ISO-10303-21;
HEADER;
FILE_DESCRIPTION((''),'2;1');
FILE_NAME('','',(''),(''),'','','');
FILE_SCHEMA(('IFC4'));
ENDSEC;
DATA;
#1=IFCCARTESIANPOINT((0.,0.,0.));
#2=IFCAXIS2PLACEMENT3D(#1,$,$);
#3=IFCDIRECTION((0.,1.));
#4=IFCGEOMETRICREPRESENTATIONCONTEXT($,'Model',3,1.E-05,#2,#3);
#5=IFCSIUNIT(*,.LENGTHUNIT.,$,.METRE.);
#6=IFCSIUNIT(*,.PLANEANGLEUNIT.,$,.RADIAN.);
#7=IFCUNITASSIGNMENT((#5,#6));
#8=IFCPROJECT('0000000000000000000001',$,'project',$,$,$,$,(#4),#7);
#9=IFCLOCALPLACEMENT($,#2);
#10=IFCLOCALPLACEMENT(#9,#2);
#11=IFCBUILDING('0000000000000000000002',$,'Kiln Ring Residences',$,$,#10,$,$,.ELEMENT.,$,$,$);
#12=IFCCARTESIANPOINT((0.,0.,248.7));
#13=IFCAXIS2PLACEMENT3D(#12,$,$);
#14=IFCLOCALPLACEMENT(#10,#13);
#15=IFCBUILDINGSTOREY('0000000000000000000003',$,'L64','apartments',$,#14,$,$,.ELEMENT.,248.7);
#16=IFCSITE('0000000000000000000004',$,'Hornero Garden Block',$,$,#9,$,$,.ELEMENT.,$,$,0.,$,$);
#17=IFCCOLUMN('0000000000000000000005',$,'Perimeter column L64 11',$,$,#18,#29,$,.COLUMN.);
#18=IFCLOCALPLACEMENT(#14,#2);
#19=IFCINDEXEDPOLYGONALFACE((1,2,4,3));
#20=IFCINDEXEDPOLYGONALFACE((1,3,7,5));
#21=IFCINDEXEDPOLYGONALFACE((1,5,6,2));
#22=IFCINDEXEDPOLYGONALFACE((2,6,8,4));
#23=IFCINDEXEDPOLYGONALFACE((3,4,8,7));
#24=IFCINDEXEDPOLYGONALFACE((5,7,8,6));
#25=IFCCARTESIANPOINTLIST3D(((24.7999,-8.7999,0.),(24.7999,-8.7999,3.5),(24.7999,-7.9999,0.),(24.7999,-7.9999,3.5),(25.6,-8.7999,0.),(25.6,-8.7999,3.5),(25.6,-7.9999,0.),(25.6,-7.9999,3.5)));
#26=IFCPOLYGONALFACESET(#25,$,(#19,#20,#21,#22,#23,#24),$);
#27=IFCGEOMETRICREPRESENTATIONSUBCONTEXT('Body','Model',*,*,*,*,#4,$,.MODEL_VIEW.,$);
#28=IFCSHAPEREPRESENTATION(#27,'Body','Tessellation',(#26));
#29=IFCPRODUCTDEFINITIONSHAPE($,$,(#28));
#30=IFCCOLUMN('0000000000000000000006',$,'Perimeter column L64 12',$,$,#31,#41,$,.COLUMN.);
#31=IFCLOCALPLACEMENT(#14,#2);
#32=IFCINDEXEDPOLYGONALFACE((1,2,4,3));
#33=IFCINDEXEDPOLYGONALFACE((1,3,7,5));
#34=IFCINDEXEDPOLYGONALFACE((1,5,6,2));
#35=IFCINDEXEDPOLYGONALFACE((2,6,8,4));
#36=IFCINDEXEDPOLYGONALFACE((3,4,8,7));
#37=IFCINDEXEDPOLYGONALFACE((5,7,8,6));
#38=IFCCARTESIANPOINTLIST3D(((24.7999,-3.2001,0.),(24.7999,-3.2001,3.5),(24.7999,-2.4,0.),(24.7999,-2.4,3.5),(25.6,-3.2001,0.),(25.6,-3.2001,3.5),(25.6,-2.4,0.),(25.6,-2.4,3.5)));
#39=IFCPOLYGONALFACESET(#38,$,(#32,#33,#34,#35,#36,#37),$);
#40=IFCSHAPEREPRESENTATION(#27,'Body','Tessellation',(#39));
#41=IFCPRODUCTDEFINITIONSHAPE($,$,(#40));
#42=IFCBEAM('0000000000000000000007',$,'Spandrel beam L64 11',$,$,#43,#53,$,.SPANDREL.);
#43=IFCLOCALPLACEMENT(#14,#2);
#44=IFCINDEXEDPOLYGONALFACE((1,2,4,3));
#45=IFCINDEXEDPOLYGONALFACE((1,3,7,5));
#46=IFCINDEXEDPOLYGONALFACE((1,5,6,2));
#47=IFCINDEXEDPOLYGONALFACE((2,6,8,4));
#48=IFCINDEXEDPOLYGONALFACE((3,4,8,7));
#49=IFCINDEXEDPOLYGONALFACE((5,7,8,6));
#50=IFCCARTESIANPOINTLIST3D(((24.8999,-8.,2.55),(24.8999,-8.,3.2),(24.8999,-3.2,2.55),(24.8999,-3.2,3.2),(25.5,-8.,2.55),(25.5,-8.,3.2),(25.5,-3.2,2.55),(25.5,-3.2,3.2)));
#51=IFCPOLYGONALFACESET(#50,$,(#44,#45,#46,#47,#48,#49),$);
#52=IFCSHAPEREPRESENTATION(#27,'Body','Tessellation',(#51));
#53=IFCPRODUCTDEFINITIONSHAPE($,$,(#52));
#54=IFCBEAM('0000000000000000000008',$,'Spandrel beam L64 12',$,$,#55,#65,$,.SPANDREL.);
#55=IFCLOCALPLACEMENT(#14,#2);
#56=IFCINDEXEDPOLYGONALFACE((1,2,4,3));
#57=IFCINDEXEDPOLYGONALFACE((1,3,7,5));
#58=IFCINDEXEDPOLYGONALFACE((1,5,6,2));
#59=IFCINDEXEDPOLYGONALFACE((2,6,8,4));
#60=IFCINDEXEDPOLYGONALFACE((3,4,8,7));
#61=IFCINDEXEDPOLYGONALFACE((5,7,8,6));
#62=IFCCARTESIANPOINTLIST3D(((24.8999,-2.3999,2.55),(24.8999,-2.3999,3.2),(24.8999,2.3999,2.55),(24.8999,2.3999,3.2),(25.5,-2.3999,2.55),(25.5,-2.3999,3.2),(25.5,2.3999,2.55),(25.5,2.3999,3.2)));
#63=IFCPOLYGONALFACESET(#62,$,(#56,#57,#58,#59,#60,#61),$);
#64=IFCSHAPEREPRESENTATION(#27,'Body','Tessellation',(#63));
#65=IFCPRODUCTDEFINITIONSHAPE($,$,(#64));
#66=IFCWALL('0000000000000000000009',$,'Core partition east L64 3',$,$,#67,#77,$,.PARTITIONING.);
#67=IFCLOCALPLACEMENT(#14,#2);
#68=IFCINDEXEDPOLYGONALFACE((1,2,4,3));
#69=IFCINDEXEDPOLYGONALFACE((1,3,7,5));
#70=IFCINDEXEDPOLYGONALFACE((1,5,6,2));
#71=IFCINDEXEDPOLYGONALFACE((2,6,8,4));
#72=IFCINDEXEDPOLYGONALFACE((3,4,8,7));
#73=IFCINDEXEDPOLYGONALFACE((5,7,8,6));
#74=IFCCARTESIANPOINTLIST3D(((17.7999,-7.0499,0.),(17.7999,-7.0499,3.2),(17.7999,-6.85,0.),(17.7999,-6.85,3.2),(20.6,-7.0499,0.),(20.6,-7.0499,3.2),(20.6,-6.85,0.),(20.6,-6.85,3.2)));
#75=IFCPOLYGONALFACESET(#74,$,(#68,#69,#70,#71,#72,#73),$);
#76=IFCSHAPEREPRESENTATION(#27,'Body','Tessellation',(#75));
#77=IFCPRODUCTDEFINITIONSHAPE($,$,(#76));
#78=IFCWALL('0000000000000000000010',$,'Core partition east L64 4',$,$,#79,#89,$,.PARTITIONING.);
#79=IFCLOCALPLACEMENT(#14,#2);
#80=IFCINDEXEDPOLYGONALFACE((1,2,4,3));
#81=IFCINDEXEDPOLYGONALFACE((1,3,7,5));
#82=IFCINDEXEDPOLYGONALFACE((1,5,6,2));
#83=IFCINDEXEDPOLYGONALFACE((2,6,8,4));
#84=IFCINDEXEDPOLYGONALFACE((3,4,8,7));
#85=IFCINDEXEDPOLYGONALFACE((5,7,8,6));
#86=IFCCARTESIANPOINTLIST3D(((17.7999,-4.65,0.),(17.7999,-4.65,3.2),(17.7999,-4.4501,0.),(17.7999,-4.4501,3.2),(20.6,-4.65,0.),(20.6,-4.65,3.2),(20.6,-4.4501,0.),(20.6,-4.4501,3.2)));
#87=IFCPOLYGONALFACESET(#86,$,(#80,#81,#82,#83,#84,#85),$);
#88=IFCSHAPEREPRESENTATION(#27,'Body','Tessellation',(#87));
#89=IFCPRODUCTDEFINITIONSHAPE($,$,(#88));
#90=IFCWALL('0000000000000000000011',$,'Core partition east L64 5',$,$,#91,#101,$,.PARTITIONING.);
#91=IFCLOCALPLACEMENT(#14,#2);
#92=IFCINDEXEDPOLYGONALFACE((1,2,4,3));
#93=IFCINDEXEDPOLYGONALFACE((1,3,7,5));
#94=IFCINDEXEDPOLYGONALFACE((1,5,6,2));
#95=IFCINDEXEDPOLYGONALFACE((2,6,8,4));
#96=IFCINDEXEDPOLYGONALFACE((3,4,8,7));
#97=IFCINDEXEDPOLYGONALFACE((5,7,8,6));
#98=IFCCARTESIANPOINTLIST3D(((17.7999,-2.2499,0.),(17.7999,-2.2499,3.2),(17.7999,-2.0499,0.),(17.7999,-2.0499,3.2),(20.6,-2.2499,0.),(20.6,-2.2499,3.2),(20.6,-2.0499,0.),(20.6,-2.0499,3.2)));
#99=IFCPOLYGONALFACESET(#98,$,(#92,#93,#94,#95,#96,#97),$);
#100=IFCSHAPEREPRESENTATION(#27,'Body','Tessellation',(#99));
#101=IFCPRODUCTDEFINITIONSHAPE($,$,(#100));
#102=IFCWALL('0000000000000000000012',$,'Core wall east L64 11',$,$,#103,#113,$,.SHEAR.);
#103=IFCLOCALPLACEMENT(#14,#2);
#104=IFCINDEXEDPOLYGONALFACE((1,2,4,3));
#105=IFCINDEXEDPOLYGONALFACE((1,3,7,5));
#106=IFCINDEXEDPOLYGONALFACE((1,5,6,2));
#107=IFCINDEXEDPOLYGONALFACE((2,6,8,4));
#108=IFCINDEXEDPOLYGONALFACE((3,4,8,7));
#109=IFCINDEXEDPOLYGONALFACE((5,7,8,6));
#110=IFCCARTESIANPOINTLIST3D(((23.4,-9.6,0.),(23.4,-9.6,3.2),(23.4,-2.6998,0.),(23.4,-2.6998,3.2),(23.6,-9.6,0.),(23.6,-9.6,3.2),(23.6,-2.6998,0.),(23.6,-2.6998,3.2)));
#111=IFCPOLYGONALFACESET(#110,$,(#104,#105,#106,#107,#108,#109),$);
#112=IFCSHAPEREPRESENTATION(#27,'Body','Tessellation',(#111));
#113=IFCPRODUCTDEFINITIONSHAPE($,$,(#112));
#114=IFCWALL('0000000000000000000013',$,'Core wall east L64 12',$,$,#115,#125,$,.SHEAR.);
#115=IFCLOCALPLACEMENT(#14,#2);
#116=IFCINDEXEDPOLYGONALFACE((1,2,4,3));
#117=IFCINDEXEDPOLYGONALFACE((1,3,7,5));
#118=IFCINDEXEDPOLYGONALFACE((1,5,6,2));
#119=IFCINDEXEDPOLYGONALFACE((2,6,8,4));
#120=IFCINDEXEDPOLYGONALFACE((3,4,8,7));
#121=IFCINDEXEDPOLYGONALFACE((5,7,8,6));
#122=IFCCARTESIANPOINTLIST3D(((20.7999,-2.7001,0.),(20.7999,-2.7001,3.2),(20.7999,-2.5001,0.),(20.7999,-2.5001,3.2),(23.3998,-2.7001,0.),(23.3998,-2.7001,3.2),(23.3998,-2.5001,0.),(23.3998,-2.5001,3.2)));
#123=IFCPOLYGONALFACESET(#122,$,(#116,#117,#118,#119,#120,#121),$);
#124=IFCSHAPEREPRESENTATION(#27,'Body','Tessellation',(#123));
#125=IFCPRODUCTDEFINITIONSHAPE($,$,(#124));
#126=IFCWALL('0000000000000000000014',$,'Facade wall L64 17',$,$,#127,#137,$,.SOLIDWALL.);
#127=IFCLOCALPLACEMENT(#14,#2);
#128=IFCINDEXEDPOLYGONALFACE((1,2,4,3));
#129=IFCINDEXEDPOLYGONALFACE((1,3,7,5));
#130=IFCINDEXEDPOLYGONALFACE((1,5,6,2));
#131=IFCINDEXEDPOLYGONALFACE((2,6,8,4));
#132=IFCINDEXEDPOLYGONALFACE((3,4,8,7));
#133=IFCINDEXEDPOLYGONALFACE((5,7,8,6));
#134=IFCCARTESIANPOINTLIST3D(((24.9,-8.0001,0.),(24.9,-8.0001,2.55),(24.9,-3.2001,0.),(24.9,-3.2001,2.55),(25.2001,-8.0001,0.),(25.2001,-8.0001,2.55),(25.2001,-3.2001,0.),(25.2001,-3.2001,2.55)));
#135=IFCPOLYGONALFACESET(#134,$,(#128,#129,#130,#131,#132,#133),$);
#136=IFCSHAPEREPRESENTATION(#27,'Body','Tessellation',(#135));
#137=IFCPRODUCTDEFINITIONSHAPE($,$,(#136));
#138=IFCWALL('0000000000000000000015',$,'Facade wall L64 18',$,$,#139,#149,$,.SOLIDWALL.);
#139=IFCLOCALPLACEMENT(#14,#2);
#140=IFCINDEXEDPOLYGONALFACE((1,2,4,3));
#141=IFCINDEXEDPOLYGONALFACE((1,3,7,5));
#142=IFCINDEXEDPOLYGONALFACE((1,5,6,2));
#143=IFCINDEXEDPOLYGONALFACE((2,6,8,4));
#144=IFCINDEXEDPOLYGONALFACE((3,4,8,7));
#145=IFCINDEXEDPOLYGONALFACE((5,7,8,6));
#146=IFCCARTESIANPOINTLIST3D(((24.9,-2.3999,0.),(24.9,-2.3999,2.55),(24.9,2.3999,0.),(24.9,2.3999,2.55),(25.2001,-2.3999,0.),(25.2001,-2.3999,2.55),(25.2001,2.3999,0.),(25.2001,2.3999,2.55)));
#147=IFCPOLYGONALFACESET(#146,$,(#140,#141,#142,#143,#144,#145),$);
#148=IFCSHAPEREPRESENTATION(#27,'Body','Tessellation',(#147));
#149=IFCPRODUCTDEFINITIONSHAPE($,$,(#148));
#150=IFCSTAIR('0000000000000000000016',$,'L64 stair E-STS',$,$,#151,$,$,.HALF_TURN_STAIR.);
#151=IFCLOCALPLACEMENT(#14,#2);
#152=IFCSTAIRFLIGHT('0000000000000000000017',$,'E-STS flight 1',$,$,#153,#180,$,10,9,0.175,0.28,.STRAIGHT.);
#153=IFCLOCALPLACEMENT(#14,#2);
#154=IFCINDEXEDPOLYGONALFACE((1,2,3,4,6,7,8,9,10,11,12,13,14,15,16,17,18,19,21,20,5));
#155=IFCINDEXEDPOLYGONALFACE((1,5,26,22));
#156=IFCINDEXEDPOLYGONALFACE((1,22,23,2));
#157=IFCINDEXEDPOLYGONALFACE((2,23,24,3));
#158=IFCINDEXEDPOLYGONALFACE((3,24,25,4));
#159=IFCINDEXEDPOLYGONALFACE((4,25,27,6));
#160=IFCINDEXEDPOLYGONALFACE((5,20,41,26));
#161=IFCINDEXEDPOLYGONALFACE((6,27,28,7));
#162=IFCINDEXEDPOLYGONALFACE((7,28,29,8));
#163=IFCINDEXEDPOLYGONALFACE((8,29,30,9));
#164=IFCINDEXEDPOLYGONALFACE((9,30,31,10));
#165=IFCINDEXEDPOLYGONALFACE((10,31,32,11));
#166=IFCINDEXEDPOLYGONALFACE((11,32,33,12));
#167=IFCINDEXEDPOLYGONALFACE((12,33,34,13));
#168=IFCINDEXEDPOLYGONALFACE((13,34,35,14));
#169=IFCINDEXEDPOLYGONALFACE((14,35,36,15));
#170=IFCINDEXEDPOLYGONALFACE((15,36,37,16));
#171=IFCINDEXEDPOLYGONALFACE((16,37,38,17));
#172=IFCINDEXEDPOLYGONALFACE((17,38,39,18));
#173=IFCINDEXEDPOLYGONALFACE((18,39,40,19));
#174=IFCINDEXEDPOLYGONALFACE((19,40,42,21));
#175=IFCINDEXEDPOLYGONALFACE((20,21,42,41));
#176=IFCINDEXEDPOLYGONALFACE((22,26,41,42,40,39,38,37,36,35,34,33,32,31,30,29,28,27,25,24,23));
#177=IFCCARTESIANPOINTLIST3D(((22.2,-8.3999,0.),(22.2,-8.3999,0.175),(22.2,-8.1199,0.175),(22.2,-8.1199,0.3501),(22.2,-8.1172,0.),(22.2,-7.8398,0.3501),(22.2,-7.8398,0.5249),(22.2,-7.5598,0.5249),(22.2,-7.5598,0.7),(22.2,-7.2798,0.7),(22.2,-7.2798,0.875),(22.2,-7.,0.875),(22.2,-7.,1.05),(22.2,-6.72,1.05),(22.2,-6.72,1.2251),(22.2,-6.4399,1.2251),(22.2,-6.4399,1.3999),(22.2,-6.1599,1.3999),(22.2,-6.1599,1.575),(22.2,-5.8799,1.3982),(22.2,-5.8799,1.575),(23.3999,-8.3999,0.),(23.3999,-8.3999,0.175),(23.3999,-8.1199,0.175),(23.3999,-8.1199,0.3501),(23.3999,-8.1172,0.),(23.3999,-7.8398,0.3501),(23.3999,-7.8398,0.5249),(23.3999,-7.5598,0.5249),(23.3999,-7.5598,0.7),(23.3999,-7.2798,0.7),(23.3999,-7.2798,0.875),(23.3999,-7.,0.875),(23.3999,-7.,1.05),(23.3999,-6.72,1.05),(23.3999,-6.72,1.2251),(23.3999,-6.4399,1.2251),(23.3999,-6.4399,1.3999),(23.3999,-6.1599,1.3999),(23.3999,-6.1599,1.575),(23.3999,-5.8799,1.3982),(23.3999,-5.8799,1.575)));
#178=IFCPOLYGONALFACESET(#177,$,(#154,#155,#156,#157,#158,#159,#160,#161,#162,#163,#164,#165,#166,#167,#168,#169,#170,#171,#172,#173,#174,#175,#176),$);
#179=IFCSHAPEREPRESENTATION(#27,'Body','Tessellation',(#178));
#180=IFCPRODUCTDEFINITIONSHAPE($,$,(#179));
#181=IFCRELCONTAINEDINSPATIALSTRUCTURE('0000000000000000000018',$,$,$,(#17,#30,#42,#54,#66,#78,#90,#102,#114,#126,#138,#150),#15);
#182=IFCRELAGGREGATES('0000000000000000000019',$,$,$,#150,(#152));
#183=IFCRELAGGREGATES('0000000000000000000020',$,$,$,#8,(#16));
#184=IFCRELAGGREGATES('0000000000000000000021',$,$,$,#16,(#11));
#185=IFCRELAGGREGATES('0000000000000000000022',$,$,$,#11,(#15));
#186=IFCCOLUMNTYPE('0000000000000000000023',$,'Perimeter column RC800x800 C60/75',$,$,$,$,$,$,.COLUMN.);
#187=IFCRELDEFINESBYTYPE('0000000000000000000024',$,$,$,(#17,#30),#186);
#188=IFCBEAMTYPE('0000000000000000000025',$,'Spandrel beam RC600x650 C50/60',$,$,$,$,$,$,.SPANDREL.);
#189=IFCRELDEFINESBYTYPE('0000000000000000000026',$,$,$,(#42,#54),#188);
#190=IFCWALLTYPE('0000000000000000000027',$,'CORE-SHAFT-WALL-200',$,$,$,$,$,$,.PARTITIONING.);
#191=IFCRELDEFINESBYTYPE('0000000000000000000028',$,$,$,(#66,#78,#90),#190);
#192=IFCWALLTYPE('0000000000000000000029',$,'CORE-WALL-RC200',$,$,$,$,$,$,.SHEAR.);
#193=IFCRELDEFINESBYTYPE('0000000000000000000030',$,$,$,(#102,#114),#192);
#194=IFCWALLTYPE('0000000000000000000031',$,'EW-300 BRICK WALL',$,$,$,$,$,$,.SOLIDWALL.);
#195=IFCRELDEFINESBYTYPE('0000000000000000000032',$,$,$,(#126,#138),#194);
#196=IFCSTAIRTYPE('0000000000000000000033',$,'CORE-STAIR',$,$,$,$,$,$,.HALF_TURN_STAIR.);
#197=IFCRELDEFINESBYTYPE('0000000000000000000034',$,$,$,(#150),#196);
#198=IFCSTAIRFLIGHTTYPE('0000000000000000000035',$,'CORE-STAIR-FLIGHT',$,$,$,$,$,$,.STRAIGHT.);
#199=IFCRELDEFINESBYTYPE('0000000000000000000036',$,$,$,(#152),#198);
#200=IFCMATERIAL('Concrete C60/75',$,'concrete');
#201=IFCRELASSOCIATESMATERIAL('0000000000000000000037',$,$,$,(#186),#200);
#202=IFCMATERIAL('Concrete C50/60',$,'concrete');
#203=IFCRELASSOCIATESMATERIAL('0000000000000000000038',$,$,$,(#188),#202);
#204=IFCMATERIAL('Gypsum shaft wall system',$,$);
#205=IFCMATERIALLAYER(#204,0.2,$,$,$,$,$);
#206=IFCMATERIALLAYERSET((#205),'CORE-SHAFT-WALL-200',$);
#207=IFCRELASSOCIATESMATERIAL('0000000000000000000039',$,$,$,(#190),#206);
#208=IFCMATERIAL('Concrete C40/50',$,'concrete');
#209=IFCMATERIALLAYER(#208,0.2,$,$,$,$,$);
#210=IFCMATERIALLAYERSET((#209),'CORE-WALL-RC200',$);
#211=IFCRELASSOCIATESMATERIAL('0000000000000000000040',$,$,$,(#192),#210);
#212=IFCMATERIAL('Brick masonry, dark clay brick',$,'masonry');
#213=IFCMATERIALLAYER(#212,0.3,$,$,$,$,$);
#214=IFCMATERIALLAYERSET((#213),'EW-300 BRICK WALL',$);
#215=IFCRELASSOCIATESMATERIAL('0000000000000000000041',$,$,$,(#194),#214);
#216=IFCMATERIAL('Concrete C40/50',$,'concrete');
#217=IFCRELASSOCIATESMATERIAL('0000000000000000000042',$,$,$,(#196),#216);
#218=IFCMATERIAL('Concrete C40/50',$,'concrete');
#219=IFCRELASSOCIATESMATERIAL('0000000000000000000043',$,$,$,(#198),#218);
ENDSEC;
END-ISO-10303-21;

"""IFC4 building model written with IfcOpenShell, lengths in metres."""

from ifc_helpers import new_model, si_unit, direction, frame, frame_2d, origin, origin_2d, place, context, subcontext, project, spatial, polyline, rectangle, outline, extrude, material, layer, layer_set, material_profile, profile_set, type_object, element, aggregate, save


model = new_model("IFC4")

# Units and contexts
model_context = context("Model", 3, precision=1e-05, world=origin(), true_north=direction((0.0, 1.0)))
body_context = subcontext(model_context, "Body", "Model", "MODEL_VIEW")
ifc_project = project(units=[si_unit("LENGTHUNIT", "METRE"), si_unit("PLANEANGLEUNIT", "RADIAN")], contexts=[model_context])

# Site, building, storey
site_placement = place(None, origin())
site = spatial("IfcSite", under=ifc_project, at=site_placement, Name="Hornero Garden Block", CompositionType="ELEMENT", RefElevation=0.0)
building_placement = place(site_placement, origin())
building = spatial("IfcBuilding", under=site, at=building_placement, Name="Kiln Ring Residences", CompositionType="ELEMENT")
storey_placement = place(building_placement, frame((0.0, 0.0, 248.7)))
storey = spatial("IfcBuildingStorey", under=building, at=storey_placement, Name="L64", Description="apartments", CompositionType="ELEMENT", Elevation=248.7)

# Columns
ifc_material_1 = material(Name="Concrete C60/75", Category="concrete")
ifc_material_profile_1 = material_profile(ifc_material_1, rectangle(XDim=0.8, YDim=0.8, at=origin_2d()), Name="RC800x800")
ifc_profile_set_1 = profile_set([ifc_material_profile_1], Name="Concrete C60/75")
column_type = type_object("IfcColumnType", Name="Perimeter column RC800x800 C60/75", PredefinedType="COLUMN", material=ifc_profile_set_1)
for number, where, z_axis, x_axis, name in (
    (1, (25.2, -8.3999, 0.0), (0.0, 0.0, 1.0), (1.0, 0.0, 0.0), "Perimeter column L64 11"),
    (2, (25.2, -2.8, 0.0), (0.0, 0.0, 1.0), (1.0, 0.0, 0.0), "Perimeter column L64 12"),
):
    element("IfcColumn", number, at=place(storey_placement, frame(where, z_axis=z_axis, x_axis=x_axis)), inside=storey, type_object=column_type, Name=name, PredefinedType="COLUMN", context=body_context, shape_type="SweptSolid", body=[
        extrude(rectangle(XDim=0.8, YDim=0.8, at=origin_2d()), origin(), (0.0, 0.0, 1.0), 3.5),
    ])

# Beams
ifc_material_2 = material(Name="Concrete C50/60", Category="concrete")
ifc_material_profile_2 = material_profile(ifc_material_2, rectangle(XDim=0.6001, YDim=0.6499, at=origin_2d()), Name="RC600x650")
ifc_profile_set_2 = profile_set([ifc_material_profile_2], Name="Concrete C50/60")
beam_type = type_object("IfcBeamType", Name="Spandrel beam RC600x650 C50/60", PredefinedType="SPANDREL", material=ifc_profile_set_2)
beam_1_placement = place(storey_placement, frame((25.2, -8.0, 2.875), z_axis=(0.0, 1.0, 0.0), x_axis=(-1.0, 0.0, 0.0)))
element("IfcBeam", 3, at=beam_1_placement, inside=storey, type_object=beam_type, Name="Spandrel beam L64 11", PredefinedType="SPANDREL", context=body_context, shape_type="SweptSolid", body=[
    extrude(rectangle(XDim=0.6001, YDim=0.6499, at=origin_2d()), origin(), (0.0, 0.0, 1.0), 4.8),
])
beam_2_placement = place(storey_placement, frame((25.2, -2.3999, 2.875), z_axis=(0.0, 1.0, 0.0), x_axis=(-1.0, 0.0, 0.0)))
element("IfcBeam", 4, at=beam_2_placement, inside=storey, type_object=beam_type, Name="Spandrel beam L64 12", PredefinedType="SPANDREL", context=body_context, shape_type="SweptSolid", body=[
    extrude(rectangle(XDim=0.6001, YDim=0.6499, at=origin_2d()), origin(), (0.0, 0.0, 1.0), 4.7998),
])

# Walls
ifc_material_3 = material(Name="Gypsum shaft wall system")
ifc_layer_1 = layer(ifc_material_3, 0.2)
ifc_layer_set_1 = layer_set([ifc_layer_1], Name="CORE-SHAFT-WALL-200")
wall_type_1 = type_object("IfcWallType", Name="CORE-SHAFT-WALL-200", PredefinedType="PARTITIONING", material=ifc_layer_set_1)
for number, where, z_axis, x_axis, name in (
    (5, (17.8, -6.95, 0.0), (0.0, 0.0, 1.0), (1.0, 0.0, 0.0), "Core partition east L64 3"),
    (6, (17.8, -4.55, 0.0), (0.0, 0.0, 1.0), (1.0, 0.0, 0.0), "Core partition east L64 4"),
    (7, (17.8, -2.1499, 0.0), (0.0, 0.0, 1.0), (1.0, 0.0, 0.0), "Core partition east L64 5"),
):
    element("IfcWall", number, at=place(storey_placement, frame(where, z_axis=z_axis, x_axis=x_axis)), inside=storey, type_object=wall_type_1, Name=name, PredefinedType="PARTITIONING", context=body_context, shape_type="SweptSolid", body=[
        extrude(rectangle(XDim=2.8, YDim=0.2, at=frame_2d((1.3999, 0.0))), origin(), (0.0, 0.0, 1.0), 3.2),
    ])
ifc_material_4 = material(Name="Concrete C40/50", Category="concrete")
ifc_layer_2 = layer(ifc_material_4, 0.2)
ifc_layer_set_2 = layer_set([ifc_layer_2], Name="CORE-WALL-RC200")
wall_type_2 = type_object("IfcWallType", Name="CORE-WALL-RC200", PredefinedType="SHEAR", material=ifc_layer_set_2)
wall_1_placement = place(storey_placement, frame((23.5, -9.6001, 0.0), z_axis=(0.0, 0.0, 1.0), x_axis=(0.0, 1.0, 0.0)))
element("IfcWall", 8, at=wall_1_placement, inside=storey, type_object=wall_type_2, Name="Core wall east L64 11", PredefinedType="SHEAR", context=body_context, shape_type="SweptSolid", body=[
    extrude(rectangle(XDim=6.9001, YDim=0.2, at=frame_2d((3.4502, 0.0))), origin(), (0.0, 0.0, 1.0), 3.2),
])
wall_2_placement = place(storey_placement, frame((20.8, -2.6001, 0.0), z_axis=(0.0, 0.0, 1.0), x_axis=(1.0, 0.0, 0.0)))
element("IfcWall", 9, at=wall_2_placement, inside=storey, type_object=wall_type_2, Name="Core wall east L64 12", PredefinedType="SHEAR", context=body_context, shape_type="SweptSolid", body=[
    extrude(rectangle(XDim=2.5999, YDim=0.2, at=frame_2d((1.2998, 0.0))), origin(), (0.0, 0.0, 1.0), 3.2),
])
ifc_material_5 = material(Name="Brick masonry, dark clay brick", Category="masonry")
ifc_layer_3 = layer(ifc_material_5, 0.3)
ifc_layer_set_3 = layer_set([ifc_layer_3], Name="EW-300 BRICK WALL")
wall_type_3 = type_object("IfcWallType", Name="EW-300 BRICK WALL", PredefinedType="SOLIDWALL", material=ifc_layer_set_3)
wall_3_placement = place(storey_placement, frame((25.05, -8.0, 0.0), z_axis=(0.0, 0.0, 1.0), x_axis=(0.0, 1.0, 0.0)))
element("IfcWall", 10, at=wall_3_placement, inside=storey, type_object=wall_type_3, Name="Facade wall L64 17", PredefinedType="SOLIDWALL", context=body_context, shape_type="SweptSolid", body=[
    extrude(rectangle(XDim=4.8, YDim=0.3, at=frame_2d((2.3999, 0.0))), origin(), (0.0, 0.0, 1.0), 2.55),
])
wall_4_placement = place(storey_placement, frame((25.05, -2.3999, 0.0), z_axis=(0.0, 0.0, 1.0), x_axis=(0.0, 1.0, 0.0)))
element("IfcWall", 11, at=wall_4_placement, inside=storey, type_object=wall_type_3, Name="Facade wall L64 18", PredefinedType="SOLIDWALL", context=body_context, shape_type="SweptSolid", body=[
    extrude(rectangle(XDim=4.7998, YDim=0.3, at=frame_2d((2.3999, 0.0))), origin(), (0.0, 0.0, 1.0), 2.55),
])

# Stair, stair flight
ifc_material_6 = material(Name="Concrete C40/50", Category="concrete")
stair_type = type_object("IfcStairType", Name="CORE-STAIR", PredefinedType="HALF_TURN_STAIR", material=ifc_material_6)
stair_placement = place(storey_placement, origin())
stair = element("IfcStair", 12, at=stair_placement, inside=storey, type_object=stair_type, Name="L64 stair E-STS", PredefinedType="HALF_TURN_STAIR")
ifc_material_7 = material(Name="Concrete C40/50", Category="concrete")
stair_flight_type = type_object("IfcStairFlightType", Name="CORE-STAIR-FLIGHT", PredefinedType="STRAIGHT", material=ifc_material_7)
stair_flight_1_placement = place(storey_placement, frame((22.8, -8.3999, 0.0), z_axis=(0.0, 0.0, 1.0), x_axis=(0.0, 1.0, 0.0)))
stair_flight_1 = element("IfcStairFlight", 13, at=stair_flight_1_placement, type_object=stair_flight_type, Name="E-STS flight 1", NumberOfRisers=10, NumberOfTreads=9, PredefinedType="STRAIGHT", RiserHeight=0.175, TreadLength=0.28, context=body_context, shape_type="SweptSolid", body=[
    extrude(outline(polyline([(0.0, 0.0), (0.0, 0.175), (0.28, 0.175), (0.28, 0.3501), (0.5601, 0.3501), (0.5601, 0.5249), (0.8401, 0.5249), (0.8401, 0.7), (1.1201, 0.7), (1.1201, 0.875), (1.3999, 0.875), (1.3999, 1.05), (1.6799, 1.05), (1.6799, 1.2251), (1.96, 1.2251), (1.96, 1.3999), (2.24, 1.3999), (2.24, 1.575), (2.52, 1.575), (2.52, 1.75), (2.52, 1.3982), (0.2827, 0.0), (0.0, 0.0)])), frame((0.0, 0.6001, 0.0), z_axis=(0.0, -1.0, 0.0), x_axis=(1.0, 0.0, 0.0)), (0.0, 0.0, 1.0), 1.2),
])
aggregate(stair, [stair_flight_1])

save(model, "model.ifc")
